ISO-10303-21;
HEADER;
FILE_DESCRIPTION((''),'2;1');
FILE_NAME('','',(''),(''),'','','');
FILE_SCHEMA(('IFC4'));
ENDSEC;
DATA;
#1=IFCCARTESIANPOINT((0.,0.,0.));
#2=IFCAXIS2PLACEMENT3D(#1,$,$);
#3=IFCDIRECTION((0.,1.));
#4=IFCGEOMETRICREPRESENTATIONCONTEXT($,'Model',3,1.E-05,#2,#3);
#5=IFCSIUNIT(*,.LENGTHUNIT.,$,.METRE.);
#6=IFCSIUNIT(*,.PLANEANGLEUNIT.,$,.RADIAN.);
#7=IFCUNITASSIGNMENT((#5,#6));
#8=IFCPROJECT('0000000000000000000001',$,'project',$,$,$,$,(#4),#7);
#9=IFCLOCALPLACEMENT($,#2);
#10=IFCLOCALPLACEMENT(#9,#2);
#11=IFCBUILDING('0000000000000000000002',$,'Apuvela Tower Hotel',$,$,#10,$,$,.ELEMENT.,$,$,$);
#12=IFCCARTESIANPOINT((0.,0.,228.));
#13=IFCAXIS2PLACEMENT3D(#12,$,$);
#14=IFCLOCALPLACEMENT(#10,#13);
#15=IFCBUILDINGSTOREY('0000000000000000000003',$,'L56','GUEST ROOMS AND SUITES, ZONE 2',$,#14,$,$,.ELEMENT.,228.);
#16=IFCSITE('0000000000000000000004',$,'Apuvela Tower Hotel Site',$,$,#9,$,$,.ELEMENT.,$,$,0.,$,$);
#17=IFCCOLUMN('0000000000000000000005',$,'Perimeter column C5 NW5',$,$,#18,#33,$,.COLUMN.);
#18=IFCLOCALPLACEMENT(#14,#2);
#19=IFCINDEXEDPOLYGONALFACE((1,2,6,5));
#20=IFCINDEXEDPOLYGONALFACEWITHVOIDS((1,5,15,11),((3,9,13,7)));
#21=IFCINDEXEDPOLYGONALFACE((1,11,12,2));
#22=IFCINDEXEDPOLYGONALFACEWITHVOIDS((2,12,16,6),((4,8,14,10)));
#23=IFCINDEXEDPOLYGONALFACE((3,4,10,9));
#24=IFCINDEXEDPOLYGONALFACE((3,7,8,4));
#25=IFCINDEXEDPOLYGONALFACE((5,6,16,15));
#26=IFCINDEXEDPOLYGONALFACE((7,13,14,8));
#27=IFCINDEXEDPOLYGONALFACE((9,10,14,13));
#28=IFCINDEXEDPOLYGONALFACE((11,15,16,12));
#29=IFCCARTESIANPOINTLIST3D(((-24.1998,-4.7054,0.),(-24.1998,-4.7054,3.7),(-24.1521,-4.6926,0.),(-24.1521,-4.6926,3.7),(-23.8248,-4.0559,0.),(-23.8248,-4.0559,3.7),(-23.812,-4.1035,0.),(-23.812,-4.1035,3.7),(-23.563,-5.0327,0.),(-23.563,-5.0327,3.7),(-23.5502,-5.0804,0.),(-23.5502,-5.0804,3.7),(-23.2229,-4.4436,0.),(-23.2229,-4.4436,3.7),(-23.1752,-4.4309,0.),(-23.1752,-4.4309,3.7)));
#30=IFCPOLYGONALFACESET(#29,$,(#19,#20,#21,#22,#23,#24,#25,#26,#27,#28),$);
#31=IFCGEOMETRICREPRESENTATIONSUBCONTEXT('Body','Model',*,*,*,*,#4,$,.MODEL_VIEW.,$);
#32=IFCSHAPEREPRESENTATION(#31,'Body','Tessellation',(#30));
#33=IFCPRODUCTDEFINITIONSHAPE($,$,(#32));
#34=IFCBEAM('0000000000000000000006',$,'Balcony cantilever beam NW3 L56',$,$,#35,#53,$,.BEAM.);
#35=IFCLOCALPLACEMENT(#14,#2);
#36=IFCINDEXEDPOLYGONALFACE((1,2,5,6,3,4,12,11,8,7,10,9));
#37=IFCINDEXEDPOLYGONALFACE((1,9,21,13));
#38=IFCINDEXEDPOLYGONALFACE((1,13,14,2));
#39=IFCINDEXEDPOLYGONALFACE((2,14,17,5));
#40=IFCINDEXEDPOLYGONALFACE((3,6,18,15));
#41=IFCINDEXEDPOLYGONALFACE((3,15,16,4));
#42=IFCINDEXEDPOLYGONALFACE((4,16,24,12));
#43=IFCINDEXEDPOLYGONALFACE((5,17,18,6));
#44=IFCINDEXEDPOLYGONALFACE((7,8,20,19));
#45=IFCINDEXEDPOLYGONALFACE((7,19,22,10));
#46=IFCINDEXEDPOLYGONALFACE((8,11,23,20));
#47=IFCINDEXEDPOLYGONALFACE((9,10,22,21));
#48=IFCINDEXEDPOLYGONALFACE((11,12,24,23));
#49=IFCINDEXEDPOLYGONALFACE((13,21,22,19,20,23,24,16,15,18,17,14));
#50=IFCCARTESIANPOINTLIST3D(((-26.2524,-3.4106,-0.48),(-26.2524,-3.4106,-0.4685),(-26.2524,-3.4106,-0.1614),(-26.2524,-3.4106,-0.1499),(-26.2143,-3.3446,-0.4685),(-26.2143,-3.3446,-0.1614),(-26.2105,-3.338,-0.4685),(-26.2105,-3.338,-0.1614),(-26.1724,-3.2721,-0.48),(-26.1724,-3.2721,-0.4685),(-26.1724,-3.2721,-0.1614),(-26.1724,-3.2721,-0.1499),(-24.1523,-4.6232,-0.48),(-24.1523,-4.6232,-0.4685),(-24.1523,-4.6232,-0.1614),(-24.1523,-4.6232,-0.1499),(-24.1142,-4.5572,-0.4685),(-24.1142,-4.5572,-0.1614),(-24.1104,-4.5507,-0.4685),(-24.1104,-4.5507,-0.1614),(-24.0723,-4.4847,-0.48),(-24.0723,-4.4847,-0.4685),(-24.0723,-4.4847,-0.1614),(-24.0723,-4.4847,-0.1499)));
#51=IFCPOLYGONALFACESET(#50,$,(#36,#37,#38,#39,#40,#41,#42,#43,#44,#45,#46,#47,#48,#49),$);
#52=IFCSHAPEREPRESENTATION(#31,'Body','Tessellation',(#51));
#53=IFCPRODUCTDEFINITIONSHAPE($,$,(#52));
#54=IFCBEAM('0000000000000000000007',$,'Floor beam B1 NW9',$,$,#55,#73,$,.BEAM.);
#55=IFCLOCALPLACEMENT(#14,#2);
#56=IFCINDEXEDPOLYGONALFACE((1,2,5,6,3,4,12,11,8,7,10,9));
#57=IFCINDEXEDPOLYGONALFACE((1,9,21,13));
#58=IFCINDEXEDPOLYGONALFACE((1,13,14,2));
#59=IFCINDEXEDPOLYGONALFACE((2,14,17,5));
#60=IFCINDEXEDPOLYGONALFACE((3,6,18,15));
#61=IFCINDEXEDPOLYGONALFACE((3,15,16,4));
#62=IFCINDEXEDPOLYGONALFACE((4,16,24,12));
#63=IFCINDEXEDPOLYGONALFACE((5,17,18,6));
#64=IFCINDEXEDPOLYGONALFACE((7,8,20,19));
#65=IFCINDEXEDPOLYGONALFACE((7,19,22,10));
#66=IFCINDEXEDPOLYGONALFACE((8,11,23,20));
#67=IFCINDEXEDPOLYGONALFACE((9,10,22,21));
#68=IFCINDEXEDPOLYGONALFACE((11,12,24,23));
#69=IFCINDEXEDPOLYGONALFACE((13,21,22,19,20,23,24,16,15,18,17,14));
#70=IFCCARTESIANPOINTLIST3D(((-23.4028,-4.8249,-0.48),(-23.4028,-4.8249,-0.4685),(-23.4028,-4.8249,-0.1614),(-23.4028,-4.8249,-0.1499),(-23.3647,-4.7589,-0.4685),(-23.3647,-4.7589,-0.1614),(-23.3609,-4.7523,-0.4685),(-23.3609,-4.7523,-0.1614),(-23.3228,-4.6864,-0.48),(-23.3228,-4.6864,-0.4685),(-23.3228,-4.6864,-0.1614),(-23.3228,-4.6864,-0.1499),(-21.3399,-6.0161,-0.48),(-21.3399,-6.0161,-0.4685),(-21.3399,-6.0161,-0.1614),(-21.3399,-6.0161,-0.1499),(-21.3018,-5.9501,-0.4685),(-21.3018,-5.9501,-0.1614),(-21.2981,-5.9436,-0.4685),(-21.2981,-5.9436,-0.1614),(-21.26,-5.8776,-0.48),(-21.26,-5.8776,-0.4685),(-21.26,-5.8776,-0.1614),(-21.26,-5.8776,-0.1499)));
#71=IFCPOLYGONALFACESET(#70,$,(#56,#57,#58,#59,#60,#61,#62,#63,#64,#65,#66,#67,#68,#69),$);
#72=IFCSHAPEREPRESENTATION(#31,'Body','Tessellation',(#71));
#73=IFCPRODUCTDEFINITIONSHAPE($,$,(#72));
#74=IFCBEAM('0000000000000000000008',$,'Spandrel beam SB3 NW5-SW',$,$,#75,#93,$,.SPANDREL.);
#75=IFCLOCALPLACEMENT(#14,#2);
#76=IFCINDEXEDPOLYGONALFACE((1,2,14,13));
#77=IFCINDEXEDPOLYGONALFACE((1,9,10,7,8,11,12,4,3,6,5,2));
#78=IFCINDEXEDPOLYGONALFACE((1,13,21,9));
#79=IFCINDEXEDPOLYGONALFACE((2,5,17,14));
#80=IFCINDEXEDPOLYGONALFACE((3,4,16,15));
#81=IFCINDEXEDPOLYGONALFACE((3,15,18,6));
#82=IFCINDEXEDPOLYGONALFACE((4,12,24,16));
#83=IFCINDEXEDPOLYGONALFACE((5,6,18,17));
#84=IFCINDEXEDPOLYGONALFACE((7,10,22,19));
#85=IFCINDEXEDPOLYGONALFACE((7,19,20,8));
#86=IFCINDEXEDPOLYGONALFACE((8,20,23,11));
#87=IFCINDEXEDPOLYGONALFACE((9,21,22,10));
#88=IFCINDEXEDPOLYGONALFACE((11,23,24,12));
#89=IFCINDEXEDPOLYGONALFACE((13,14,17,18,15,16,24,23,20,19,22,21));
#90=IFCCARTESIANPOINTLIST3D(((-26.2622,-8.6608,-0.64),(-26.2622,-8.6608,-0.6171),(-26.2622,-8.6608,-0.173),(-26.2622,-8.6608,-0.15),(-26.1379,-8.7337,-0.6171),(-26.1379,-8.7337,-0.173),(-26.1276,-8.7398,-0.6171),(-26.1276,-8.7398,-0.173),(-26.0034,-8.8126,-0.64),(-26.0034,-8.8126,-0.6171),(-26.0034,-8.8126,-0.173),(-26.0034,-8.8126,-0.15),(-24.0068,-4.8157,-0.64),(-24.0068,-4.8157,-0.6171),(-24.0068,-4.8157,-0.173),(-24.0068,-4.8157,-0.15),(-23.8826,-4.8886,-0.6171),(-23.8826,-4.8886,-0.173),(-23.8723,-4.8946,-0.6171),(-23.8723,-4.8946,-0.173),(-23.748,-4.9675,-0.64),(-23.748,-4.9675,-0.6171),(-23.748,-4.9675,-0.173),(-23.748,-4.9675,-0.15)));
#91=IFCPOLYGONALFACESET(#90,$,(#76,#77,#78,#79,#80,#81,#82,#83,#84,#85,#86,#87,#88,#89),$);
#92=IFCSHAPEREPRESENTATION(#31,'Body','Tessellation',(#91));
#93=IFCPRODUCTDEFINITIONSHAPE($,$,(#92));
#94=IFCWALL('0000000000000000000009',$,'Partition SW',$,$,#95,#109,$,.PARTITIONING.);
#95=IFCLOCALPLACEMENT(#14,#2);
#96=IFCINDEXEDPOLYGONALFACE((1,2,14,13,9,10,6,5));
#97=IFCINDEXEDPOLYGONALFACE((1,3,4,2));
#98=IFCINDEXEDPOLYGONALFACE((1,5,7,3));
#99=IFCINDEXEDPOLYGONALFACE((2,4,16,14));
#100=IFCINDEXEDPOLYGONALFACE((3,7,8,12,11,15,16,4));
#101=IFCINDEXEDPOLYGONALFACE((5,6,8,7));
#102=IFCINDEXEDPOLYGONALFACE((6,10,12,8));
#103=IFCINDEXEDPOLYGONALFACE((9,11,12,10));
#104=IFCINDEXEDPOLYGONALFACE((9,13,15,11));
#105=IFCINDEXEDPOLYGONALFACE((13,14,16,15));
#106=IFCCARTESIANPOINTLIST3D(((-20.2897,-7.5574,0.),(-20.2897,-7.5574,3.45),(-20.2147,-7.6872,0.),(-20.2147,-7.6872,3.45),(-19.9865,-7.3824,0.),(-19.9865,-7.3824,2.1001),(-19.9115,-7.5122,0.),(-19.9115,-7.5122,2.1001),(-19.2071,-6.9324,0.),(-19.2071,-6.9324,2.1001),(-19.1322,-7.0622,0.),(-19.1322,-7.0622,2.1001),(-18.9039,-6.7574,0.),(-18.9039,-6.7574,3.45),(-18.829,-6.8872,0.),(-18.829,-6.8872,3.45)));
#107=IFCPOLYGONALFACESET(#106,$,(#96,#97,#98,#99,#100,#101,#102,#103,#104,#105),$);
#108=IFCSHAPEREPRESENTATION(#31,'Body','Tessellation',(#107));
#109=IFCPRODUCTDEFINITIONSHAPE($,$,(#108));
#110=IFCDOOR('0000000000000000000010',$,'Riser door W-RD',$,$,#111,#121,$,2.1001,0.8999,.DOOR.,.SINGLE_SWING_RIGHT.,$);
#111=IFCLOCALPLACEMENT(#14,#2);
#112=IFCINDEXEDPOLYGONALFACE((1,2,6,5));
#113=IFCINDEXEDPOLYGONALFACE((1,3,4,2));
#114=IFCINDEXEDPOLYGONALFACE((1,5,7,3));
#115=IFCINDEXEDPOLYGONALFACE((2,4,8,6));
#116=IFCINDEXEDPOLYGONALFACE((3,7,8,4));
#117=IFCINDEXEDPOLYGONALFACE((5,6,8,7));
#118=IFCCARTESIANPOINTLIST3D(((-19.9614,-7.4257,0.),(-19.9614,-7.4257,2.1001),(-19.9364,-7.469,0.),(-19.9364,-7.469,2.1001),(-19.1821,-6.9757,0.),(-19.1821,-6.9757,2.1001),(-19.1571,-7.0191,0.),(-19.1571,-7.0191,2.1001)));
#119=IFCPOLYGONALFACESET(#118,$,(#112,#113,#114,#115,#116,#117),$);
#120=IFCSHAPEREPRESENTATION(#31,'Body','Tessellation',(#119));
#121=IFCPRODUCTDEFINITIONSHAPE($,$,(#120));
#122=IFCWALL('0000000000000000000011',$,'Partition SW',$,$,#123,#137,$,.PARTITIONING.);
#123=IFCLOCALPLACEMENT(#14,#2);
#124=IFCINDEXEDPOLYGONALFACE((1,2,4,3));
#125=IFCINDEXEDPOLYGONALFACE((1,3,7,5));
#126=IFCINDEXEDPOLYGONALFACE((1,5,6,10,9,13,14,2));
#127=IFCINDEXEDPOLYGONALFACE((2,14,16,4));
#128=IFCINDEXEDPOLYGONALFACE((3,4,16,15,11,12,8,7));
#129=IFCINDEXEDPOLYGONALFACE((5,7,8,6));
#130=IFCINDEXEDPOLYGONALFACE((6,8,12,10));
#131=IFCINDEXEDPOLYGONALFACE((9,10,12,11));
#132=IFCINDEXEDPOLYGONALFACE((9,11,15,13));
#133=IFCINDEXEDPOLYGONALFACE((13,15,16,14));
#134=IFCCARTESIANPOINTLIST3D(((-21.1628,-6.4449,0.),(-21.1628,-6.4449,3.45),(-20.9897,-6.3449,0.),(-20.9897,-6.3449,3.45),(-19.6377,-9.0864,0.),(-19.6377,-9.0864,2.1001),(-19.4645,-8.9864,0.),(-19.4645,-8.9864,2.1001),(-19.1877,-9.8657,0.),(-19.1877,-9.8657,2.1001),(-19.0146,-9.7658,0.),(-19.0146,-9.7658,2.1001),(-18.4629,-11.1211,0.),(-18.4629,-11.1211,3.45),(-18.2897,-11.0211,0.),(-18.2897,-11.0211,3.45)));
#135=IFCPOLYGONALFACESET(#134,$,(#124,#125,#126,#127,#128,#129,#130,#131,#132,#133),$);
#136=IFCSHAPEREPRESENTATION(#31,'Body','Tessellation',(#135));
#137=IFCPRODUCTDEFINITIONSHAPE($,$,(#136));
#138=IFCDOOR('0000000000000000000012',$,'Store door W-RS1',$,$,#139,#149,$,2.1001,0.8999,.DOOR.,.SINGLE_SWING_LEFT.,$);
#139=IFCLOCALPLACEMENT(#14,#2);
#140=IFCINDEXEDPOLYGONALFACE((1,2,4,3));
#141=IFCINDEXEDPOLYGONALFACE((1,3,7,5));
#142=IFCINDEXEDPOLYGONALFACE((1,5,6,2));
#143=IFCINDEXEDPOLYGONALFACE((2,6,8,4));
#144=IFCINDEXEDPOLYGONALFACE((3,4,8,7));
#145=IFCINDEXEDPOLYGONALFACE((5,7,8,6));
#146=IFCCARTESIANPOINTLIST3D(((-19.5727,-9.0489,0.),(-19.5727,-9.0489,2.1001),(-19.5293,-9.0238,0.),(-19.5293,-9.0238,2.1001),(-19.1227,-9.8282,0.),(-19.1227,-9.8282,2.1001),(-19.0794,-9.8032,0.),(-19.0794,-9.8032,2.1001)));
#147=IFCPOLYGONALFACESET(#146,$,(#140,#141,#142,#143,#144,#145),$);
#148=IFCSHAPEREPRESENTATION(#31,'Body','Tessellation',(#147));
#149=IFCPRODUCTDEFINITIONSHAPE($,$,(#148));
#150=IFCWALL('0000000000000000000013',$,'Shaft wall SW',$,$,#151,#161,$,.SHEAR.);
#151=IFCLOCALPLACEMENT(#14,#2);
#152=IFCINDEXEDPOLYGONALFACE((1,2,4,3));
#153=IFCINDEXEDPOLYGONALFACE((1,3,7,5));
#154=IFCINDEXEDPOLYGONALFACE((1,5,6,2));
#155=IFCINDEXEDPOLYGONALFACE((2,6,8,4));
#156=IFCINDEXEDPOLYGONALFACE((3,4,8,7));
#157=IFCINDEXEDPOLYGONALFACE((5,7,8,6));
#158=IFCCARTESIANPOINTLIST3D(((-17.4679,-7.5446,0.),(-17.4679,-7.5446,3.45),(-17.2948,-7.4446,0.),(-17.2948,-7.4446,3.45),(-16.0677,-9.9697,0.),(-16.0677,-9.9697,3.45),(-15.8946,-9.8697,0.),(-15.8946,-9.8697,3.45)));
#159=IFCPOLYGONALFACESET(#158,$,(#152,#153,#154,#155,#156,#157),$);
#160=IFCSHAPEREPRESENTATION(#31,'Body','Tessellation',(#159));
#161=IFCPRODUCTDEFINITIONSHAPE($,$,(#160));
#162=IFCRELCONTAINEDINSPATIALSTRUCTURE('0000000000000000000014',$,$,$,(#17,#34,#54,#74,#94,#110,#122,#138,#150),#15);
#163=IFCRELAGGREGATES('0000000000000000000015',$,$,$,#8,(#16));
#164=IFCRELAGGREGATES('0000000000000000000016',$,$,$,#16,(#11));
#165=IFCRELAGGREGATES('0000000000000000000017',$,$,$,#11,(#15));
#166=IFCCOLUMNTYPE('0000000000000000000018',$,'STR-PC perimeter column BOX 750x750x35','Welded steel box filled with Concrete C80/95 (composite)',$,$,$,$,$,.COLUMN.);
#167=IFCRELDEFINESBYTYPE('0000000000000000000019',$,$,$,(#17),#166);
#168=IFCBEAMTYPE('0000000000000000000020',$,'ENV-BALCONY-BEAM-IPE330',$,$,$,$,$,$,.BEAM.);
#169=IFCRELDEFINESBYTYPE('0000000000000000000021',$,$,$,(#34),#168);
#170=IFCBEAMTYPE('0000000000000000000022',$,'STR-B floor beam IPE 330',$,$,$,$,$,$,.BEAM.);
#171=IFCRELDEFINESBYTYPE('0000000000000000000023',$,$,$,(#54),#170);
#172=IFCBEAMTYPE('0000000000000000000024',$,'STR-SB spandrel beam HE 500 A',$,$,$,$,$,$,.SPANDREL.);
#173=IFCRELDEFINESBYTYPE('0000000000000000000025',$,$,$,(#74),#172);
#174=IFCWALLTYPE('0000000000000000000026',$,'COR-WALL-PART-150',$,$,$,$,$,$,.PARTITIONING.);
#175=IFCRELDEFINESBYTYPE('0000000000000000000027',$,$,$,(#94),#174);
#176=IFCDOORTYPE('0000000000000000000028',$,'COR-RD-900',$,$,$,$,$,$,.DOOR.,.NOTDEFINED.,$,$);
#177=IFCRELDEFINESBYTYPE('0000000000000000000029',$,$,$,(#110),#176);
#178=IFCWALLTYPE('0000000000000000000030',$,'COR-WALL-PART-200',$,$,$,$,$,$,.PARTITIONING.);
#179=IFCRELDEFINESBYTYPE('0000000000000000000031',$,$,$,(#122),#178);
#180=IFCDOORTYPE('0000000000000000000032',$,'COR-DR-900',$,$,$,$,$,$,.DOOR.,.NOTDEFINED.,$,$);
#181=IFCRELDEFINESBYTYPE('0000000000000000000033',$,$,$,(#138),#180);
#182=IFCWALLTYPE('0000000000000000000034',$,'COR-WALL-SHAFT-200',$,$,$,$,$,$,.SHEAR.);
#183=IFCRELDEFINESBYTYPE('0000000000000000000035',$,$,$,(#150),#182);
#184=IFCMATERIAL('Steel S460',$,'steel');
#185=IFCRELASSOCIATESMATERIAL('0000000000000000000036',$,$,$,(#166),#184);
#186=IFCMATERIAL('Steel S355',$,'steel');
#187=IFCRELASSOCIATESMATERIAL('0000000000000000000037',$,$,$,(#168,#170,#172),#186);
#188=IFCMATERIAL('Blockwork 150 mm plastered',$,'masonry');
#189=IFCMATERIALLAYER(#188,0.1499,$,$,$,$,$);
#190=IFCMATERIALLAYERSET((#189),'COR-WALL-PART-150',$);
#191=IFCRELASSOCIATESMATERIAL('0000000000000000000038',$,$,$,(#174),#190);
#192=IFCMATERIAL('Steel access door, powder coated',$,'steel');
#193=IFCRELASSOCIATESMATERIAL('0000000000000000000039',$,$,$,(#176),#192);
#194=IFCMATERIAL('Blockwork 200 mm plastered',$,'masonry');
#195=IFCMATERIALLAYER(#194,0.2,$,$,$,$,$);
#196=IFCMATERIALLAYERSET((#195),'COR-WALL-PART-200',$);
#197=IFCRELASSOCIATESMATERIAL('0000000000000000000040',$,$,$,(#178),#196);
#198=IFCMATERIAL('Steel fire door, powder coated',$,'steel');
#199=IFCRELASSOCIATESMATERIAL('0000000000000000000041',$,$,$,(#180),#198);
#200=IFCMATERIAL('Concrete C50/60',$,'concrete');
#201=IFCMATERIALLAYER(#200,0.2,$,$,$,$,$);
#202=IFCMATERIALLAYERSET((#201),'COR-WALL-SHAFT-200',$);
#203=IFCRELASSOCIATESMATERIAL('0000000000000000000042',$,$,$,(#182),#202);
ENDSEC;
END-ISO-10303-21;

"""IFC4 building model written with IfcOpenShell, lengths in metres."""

from ifc_helpers import new_model, si_unit, direction, frame, frame_2d, origin, origin_2d, place, context, subcontext, project, spatial, rectangle, hollow_rectangle, i_section, extrude, material, layer, layer_set, material_profile, profile_set, type_object, element, fill, save


model = new_model("IFC4")

# Units and contexts
model_context = context("Model", 3, precision=1e-05, world=origin(), true_north=direction((0.0, 1.0)))
body_context = subcontext(model_context, "Body", "Model", "MODEL_VIEW")
ifc_project = project(units=[si_unit("LENGTHUNIT", "METRE"), si_unit("PLANEANGLEUNIT", "RADIAN")], contexts=[model_context])

# Site, building, storey
site_placement = place(None, origin())
site = spatial("IfcSite", under=ifc_project, at=site_placement, Name="Apuvela Tower Hotel Site", CompositionType="ELEMENT", RefElevation=0.0)
building_placement = place(site_placement, origin())
building = spatial("IfcBuilding", under=site, at=building_placement, Name="Apuvela Tower Hotel", CompositionType="ELEMENT")
storey_placement = place(building_placement, frame((0.0, 0.0, 228.0)))
storey = spatial("IfcBuildingStorey", under=building, at=storey_placement, Name="L56", Description="GUEST ROOMS AND SUITES, ZONE 2", CompositionType="ELEMENT", Elevation=228.0)

# Column
ifc_material_1 = material(Name="Steel S460", Category="steel")
ifc_material_profile_1 = material_profile(ifc_material_1, hollow_rectangle(XDim=0.75, YDim=0.75, WallThickness=0.0349, at=origin_2d()), Name="BOX 750x750x35")
ifc_material_2 = material(Name="Concrete C80/95", Category="concrete")
ifc_material_profile_2 = material_profile(ifc_material_2, rectangle(XDim=0.6799, YDim=0.6799, at=origin_2d()), Name="Concrete C80/95 infill")
ifc_profile_set_1 = profile_set([ifc_material_profile_1, ifc_material_profile_2], Name="Steel S460")
column_type = type_object("IfcColumnType", Name="STR-PC perimeter column BOX 750x750x35", Description="Welded steel box filled with Concrete C80/95 (composite)", PredefinedType="COLUMN", material=ifc_profile_set_1)
column_placement = place(storey_placement, frame((-23.6875, -4.5681, 0.0), z_axis=(0.0, 0.0, 1.0), x_axis=(0.5, 0.866025, 0.0)))
element("IfcColumn", 1, at=column_placement, inside=storey, type_object=column_type, Name="Perimeter column C5 NW5", PredefinedType="COLUMN", context=body_context, shape_type="SweptSolid", body=[
    extrude(hollow_rectangle(XDim=0.75, YDim=0.75, WallThickness=0.0349, at=origin_2d()), origin(), (0.0, 0.0, 1.0), 3.7),
])

# Beams
ifc_material_3 = material(Name="Steel S355", Category="steel")
ifc_material_profile_3 = material_profile(ifc_material_3, i_section(OverallWidth=0.1599, OverallDepth=0.3301, WebThickness=0.0076, FlangeThickness=0.0115, at=origin_2d()), Name="IPE 330")
ifc_profile_set_2 = profile_set([ifc_material_profile_3], Name="Steel S355")
beam_type_1 = type_object("IfcBeamType", Name="ENV-BALCONY-BEAM-IPE330", PredefinedType="BEAM", material=ifc_profile_set_2)
beam_1_placement = place(storey_placement, frame((-24.1123, -4.554, -0.3149), z_axis=(-0.865998, 0.500048, 0.0), x_axis=(-0.500048, -0.865998, 0.0)))
element("IfcBeam", 2, at=beam_1_placement, inside=storey, type_object=beam_type_1, Name="Balcony cantilever beam NW3 L56", PredefinedType="BEAM", context=body_context, shape_type="SweptSolid", body=[
    extrude(i_section(OverallWidth=0.1599, OverallDepth=0.3301, WebThickness=0.0076, FlangeThickness=0.0115, at=origin_2d()), origin(), (0.0, 0.0, 1.0), 2.425),
])
ifc_material_profile_4 = material_profile(ifc_material_3, i_section(OverallWidth=0.1599, OverallDepth=0.3301, WebThickness=0.0076, FlangeThickness=0.0115, at=origin_2d()), Name="IPE 330")
ifc_profile_set_3 = profile_set([ifc_material_profile_4], Name="Steel S355")
beam_type_2 = type_object("IfcBeamType", Name="STR-B floor beam IPE 330", PredefinedType="BEAM", material=ifc_profile_set_3)
beam_2_placement = place(storey_placement, frame((-23.3628, -4.7556, -0.3149), z_axis=(0.865982, -0.500074, 0.0), x_axis=(0.500074, 0.865982, 0.0)))
element("IfcBeam", 3, at=beam_2_placement, inside=storey, type_object=beam_type_2, Name="Floor beam B1 NW9", PredefinedType="BEAM", context=body_context, shape_type="SweptSolid", body=[
    extrude(i_section(OverallWidth=0.1599, OverallDepth=0.3301, WebThickness=0.0076, FlangeThickness=0.0115, at=origin_2d()), origin(), (0.0, 0.0, 1.0), 2.3821),
])
ifc_material_profile_5 = material_profile(ifc_material_3, i_section(OverallWidth=0.3, OverallDepth=0.49, WebThickness=0.012, FlangeThickness=0.0229, at=origin_2d()), Name="HE 500 A")
ifc_profile_set_4 = profile_set([ifc_material_profile_5], Name="Steel S355")
beam_type_3 = type_object("IfcBeamType", Name="STR-SB spandrel beam HE 500 A", PredefinedType="SPANDREL", material=ifc_profile_set_4)
beam_3_placement = place(storey_placement, frame((-23.8774, -4.8916, -0.395), z_axis=(-0.505933, -0.862573, 0.0), x_axis=(0.862573, -0.505933, 0.0)))
element("IfcBeam", 4, at=beam_3_placement, inside=storey, type_object=beam_type_3, Name="Spandrel beam SB3 NW5-SW", PredefinedType="SPANDREL", context=body_context, shape_type="SweptSolid", body=[
    extrude(i_section(OverallWidth=0.3, OverallDepth=0.49, WebThickness=0.012, FlangeThickness=0.0229, at=origin_2d()), origin(), (0.0, 0.0, 1.0), 4.4578),
])

# Walls, openings, doors
ifc_material_4 = material(Name="Blockwork 150 mm plastered", Category="masonry")
ifc_layer_1 = layer(ifc_material_4, 0.1499)
ifc_layer_set_1 = layer_set([ifc_layer_1], Name="COR-WALL-PART-150")
wall_type_1 = type_object("IfcWallType", Name="COR-WALL-PART-150", PredefinedType="PARTITIONING", material=ifc_layer_set_1)
wall_1_placement = place(storey_placement, frame((-18.8665, -6.8223, 0.0), z_axis=(0.0, 0.0, 1.0), x_axis=(-0.866028, -0.499995, 0.0)))
wall_1 = element("IfcWall", 5, at=wall_1_placement, inside=storey, type_object=wall_type_1, Name="Partition SW", PredefinedType="PARTITIONING", context=body_context, shape_type="SweptSolid", body=[
    extrude(rectangle(XDim=1.6001, YDim=0.1499, at=frame_2d((0.8, 0.0))), origin(), (0.0, 0.0, 1.0), 3.45),
])
opening_1_placement = place(wall_1_placement, frame((0.3501, 0.0, 0.0)))
opening_1 = element("IfcOpeningElement", 6, at=opening_1_placement, cuts=wall_1, PredefinedType="OPENING", context=body_context, shape_type="SweptSolid", body=[
    extrude(rectangle(XDim=0.8999, YDim=2.1001, at=frame_2d((0.45, 1.05))), frame((0.0, 0.085, 0.0), z_axis=(0.0, -1.0, 0.0), x_axis=(1.0, 0.0, 0.0)), (0.0, 0.0, 1.0), 0.1699),
])
ifc_material_5 = material(Name="Steel access door, powder coated", Category="steel")
door_type_1 = type_object("IfcDoorType", Name="COR-RD-900", OperationType="NOTDEFINED", PredefinedType="DOOR", material=ifc_material_5)
door_1_placement = place(opening_1_placement, frame((0.8999, 0.0, 0.0), z_axis=(0.0, 0.0, 1.0), x_axis=(-1.0, 0.0, 0.0)))
door_1 = element("IfcDoor", 7, at=door_1_placement, inside=storey, type_object=door_type_1, Name="Riser door W-RD", OperationType="SINGLE_SWING_RIGHT", OverallHeight=2.1001, OverallWidth=0.8999, PredefinedType="DOOR", context=body_context, shape_type="SweptSolid", body=[
    extrude(rectangle(XDim=0.8999, YDim=2.1001, at=frame_2d((0.45, 1.05))), frame((0.0, 0.0249, 0.0), z_axis=(0.0, -1.0, 0.0), x_axis=(1.0, 0.0, 0.0)), (0.0, 0.0, 1.0), 0.05),
])
fill(opening_1, door_1)
ifc_material_6 = material(Name="Blockwork 200 mm plastered", Category="masonry")
ifc_layer_2 = layer(ifc_material_6, 0.2)
ifc_layer_set_2 = layer_set([ifc_layer_2], Name="COR-WALL-PART-200")
wall_type_2 = type_object("IfcWallType", Name="COR-WALL-PART-200", PredefinedType="PARTITIONING", material=ifc_layer_set_2)
wall_2_placement = place(storey_placement, frame((-21.0762, -6.395, 0.0), z_axis=(0.0, 0.0, 1.0), x_axis=(0.500015, -0.866017, 0.0)))
wall_2 = element("IfcWall", 8, at=wall_2_placement, inside=storey, type_object=wall_type_2, Name="Partition SW", PredefinedType="PARTITIONING", context=body_context, shape_type="SweptSolid", body=[
    extrude(rectangle(XDim=5.3997, YDim=0.2, at=frame_2d((2.6997, 0.0))), origin(), (0.0, 0.0, 1.0), 3.45),
])
opening_2_placement = place(wall_2_placement, frame((3.05, 0.0, 0.0)))
opening_2 = element("IfcOpeningElement", 9, at=opening_2_placement, cuts=wall_2, PredefinedType="OPENING", context=body_context, shape_type="SweptSolid", body=[
    extrude(rectangle(XDim=0.8999, YDim=2.1001, at=frame_2d((0.45, 1.05))), frame((0.0, 0.1099, 0.0), z_axis=(0.0, -1.0, 0.0), x_axis=(1.0, 0.0, 0.0)), (0.0, 0.0, 1.0), 0.22),
])
ifc_material_7 = material(Name="Steel fire door, powder coated", Category="steel")
door_type_2 = type_object("IfcDoorType", Name="COR-DR-900", OperationType="NOTDEFINED", PredefinedType="DOOR", material=ifc_material_7)
door_2_placement = place(opening_2_placement, frame((0.8999, 0.0, 0.0), z_axis=(0.0, 0.0, 1.0), x_axis=(-1.0, 0.0, 0.0)))
door_2 = element("IfcDoor", 10, at=door_2_placement, inside=storey, type_object=door_type_2, Name="Store door W-RS1", OperationType="SINGLE_SWING_LEFT", OverallHeight=2.1001, OverallWidth=0.8999, PredefinedType="DOOR", context=body_context, shape_type="SweptSolid", body=[
    extrude(rectangle(XDim=0.8999, YDim=2.1001, at=frame_2d((0.45, 1.05))), frame((0.0, 0.0249, 0.0), z_axis=(0.0, -1.0, 0.0), x_axis=(1.0, 0.0, 0.0)), (0.0, 0.0, 1.0), 0.05),
])
fill(opening_2, door_2)

# Wall
ifc_material_8 = material(Name="Concrete C50/60", Category="concrete")
ifc_layer_3 = layer(ifc_material_8, 0.2)
ifc_layer_set_3 = layer_set([ifc_layer_3], Name="COR-WALL-SHAFT-200")
wall_type_3 = type_object("IfcWallType", Name="COR-WALL-SHAFT-200", PredefinedType="SHEAR", material=ifc_layer_set_3)
wall_3_placement = place(storey_placement, frame((-17.3813, -7.4946, 0.0), z_axis=(0.0, 0.0, 1.0), x_axis=(0.500012, -0.866019, 0.0)))
element("IfcWall", 11, at=wall_3_placement, inside=storey, type_object=wall_type_3, Name="Shaft wall SW", PredefinedType="SHEAR", context=body_context, shape_type="SweptSolid", body=[
    extrude(rectangle(XDim=2.8003, YDim=0.2, at=frame_2d((1.4001, 0.0))), origin(), (0.0, 0.0, 1.0), 3.45),
])

save(model, "model.ifc")
